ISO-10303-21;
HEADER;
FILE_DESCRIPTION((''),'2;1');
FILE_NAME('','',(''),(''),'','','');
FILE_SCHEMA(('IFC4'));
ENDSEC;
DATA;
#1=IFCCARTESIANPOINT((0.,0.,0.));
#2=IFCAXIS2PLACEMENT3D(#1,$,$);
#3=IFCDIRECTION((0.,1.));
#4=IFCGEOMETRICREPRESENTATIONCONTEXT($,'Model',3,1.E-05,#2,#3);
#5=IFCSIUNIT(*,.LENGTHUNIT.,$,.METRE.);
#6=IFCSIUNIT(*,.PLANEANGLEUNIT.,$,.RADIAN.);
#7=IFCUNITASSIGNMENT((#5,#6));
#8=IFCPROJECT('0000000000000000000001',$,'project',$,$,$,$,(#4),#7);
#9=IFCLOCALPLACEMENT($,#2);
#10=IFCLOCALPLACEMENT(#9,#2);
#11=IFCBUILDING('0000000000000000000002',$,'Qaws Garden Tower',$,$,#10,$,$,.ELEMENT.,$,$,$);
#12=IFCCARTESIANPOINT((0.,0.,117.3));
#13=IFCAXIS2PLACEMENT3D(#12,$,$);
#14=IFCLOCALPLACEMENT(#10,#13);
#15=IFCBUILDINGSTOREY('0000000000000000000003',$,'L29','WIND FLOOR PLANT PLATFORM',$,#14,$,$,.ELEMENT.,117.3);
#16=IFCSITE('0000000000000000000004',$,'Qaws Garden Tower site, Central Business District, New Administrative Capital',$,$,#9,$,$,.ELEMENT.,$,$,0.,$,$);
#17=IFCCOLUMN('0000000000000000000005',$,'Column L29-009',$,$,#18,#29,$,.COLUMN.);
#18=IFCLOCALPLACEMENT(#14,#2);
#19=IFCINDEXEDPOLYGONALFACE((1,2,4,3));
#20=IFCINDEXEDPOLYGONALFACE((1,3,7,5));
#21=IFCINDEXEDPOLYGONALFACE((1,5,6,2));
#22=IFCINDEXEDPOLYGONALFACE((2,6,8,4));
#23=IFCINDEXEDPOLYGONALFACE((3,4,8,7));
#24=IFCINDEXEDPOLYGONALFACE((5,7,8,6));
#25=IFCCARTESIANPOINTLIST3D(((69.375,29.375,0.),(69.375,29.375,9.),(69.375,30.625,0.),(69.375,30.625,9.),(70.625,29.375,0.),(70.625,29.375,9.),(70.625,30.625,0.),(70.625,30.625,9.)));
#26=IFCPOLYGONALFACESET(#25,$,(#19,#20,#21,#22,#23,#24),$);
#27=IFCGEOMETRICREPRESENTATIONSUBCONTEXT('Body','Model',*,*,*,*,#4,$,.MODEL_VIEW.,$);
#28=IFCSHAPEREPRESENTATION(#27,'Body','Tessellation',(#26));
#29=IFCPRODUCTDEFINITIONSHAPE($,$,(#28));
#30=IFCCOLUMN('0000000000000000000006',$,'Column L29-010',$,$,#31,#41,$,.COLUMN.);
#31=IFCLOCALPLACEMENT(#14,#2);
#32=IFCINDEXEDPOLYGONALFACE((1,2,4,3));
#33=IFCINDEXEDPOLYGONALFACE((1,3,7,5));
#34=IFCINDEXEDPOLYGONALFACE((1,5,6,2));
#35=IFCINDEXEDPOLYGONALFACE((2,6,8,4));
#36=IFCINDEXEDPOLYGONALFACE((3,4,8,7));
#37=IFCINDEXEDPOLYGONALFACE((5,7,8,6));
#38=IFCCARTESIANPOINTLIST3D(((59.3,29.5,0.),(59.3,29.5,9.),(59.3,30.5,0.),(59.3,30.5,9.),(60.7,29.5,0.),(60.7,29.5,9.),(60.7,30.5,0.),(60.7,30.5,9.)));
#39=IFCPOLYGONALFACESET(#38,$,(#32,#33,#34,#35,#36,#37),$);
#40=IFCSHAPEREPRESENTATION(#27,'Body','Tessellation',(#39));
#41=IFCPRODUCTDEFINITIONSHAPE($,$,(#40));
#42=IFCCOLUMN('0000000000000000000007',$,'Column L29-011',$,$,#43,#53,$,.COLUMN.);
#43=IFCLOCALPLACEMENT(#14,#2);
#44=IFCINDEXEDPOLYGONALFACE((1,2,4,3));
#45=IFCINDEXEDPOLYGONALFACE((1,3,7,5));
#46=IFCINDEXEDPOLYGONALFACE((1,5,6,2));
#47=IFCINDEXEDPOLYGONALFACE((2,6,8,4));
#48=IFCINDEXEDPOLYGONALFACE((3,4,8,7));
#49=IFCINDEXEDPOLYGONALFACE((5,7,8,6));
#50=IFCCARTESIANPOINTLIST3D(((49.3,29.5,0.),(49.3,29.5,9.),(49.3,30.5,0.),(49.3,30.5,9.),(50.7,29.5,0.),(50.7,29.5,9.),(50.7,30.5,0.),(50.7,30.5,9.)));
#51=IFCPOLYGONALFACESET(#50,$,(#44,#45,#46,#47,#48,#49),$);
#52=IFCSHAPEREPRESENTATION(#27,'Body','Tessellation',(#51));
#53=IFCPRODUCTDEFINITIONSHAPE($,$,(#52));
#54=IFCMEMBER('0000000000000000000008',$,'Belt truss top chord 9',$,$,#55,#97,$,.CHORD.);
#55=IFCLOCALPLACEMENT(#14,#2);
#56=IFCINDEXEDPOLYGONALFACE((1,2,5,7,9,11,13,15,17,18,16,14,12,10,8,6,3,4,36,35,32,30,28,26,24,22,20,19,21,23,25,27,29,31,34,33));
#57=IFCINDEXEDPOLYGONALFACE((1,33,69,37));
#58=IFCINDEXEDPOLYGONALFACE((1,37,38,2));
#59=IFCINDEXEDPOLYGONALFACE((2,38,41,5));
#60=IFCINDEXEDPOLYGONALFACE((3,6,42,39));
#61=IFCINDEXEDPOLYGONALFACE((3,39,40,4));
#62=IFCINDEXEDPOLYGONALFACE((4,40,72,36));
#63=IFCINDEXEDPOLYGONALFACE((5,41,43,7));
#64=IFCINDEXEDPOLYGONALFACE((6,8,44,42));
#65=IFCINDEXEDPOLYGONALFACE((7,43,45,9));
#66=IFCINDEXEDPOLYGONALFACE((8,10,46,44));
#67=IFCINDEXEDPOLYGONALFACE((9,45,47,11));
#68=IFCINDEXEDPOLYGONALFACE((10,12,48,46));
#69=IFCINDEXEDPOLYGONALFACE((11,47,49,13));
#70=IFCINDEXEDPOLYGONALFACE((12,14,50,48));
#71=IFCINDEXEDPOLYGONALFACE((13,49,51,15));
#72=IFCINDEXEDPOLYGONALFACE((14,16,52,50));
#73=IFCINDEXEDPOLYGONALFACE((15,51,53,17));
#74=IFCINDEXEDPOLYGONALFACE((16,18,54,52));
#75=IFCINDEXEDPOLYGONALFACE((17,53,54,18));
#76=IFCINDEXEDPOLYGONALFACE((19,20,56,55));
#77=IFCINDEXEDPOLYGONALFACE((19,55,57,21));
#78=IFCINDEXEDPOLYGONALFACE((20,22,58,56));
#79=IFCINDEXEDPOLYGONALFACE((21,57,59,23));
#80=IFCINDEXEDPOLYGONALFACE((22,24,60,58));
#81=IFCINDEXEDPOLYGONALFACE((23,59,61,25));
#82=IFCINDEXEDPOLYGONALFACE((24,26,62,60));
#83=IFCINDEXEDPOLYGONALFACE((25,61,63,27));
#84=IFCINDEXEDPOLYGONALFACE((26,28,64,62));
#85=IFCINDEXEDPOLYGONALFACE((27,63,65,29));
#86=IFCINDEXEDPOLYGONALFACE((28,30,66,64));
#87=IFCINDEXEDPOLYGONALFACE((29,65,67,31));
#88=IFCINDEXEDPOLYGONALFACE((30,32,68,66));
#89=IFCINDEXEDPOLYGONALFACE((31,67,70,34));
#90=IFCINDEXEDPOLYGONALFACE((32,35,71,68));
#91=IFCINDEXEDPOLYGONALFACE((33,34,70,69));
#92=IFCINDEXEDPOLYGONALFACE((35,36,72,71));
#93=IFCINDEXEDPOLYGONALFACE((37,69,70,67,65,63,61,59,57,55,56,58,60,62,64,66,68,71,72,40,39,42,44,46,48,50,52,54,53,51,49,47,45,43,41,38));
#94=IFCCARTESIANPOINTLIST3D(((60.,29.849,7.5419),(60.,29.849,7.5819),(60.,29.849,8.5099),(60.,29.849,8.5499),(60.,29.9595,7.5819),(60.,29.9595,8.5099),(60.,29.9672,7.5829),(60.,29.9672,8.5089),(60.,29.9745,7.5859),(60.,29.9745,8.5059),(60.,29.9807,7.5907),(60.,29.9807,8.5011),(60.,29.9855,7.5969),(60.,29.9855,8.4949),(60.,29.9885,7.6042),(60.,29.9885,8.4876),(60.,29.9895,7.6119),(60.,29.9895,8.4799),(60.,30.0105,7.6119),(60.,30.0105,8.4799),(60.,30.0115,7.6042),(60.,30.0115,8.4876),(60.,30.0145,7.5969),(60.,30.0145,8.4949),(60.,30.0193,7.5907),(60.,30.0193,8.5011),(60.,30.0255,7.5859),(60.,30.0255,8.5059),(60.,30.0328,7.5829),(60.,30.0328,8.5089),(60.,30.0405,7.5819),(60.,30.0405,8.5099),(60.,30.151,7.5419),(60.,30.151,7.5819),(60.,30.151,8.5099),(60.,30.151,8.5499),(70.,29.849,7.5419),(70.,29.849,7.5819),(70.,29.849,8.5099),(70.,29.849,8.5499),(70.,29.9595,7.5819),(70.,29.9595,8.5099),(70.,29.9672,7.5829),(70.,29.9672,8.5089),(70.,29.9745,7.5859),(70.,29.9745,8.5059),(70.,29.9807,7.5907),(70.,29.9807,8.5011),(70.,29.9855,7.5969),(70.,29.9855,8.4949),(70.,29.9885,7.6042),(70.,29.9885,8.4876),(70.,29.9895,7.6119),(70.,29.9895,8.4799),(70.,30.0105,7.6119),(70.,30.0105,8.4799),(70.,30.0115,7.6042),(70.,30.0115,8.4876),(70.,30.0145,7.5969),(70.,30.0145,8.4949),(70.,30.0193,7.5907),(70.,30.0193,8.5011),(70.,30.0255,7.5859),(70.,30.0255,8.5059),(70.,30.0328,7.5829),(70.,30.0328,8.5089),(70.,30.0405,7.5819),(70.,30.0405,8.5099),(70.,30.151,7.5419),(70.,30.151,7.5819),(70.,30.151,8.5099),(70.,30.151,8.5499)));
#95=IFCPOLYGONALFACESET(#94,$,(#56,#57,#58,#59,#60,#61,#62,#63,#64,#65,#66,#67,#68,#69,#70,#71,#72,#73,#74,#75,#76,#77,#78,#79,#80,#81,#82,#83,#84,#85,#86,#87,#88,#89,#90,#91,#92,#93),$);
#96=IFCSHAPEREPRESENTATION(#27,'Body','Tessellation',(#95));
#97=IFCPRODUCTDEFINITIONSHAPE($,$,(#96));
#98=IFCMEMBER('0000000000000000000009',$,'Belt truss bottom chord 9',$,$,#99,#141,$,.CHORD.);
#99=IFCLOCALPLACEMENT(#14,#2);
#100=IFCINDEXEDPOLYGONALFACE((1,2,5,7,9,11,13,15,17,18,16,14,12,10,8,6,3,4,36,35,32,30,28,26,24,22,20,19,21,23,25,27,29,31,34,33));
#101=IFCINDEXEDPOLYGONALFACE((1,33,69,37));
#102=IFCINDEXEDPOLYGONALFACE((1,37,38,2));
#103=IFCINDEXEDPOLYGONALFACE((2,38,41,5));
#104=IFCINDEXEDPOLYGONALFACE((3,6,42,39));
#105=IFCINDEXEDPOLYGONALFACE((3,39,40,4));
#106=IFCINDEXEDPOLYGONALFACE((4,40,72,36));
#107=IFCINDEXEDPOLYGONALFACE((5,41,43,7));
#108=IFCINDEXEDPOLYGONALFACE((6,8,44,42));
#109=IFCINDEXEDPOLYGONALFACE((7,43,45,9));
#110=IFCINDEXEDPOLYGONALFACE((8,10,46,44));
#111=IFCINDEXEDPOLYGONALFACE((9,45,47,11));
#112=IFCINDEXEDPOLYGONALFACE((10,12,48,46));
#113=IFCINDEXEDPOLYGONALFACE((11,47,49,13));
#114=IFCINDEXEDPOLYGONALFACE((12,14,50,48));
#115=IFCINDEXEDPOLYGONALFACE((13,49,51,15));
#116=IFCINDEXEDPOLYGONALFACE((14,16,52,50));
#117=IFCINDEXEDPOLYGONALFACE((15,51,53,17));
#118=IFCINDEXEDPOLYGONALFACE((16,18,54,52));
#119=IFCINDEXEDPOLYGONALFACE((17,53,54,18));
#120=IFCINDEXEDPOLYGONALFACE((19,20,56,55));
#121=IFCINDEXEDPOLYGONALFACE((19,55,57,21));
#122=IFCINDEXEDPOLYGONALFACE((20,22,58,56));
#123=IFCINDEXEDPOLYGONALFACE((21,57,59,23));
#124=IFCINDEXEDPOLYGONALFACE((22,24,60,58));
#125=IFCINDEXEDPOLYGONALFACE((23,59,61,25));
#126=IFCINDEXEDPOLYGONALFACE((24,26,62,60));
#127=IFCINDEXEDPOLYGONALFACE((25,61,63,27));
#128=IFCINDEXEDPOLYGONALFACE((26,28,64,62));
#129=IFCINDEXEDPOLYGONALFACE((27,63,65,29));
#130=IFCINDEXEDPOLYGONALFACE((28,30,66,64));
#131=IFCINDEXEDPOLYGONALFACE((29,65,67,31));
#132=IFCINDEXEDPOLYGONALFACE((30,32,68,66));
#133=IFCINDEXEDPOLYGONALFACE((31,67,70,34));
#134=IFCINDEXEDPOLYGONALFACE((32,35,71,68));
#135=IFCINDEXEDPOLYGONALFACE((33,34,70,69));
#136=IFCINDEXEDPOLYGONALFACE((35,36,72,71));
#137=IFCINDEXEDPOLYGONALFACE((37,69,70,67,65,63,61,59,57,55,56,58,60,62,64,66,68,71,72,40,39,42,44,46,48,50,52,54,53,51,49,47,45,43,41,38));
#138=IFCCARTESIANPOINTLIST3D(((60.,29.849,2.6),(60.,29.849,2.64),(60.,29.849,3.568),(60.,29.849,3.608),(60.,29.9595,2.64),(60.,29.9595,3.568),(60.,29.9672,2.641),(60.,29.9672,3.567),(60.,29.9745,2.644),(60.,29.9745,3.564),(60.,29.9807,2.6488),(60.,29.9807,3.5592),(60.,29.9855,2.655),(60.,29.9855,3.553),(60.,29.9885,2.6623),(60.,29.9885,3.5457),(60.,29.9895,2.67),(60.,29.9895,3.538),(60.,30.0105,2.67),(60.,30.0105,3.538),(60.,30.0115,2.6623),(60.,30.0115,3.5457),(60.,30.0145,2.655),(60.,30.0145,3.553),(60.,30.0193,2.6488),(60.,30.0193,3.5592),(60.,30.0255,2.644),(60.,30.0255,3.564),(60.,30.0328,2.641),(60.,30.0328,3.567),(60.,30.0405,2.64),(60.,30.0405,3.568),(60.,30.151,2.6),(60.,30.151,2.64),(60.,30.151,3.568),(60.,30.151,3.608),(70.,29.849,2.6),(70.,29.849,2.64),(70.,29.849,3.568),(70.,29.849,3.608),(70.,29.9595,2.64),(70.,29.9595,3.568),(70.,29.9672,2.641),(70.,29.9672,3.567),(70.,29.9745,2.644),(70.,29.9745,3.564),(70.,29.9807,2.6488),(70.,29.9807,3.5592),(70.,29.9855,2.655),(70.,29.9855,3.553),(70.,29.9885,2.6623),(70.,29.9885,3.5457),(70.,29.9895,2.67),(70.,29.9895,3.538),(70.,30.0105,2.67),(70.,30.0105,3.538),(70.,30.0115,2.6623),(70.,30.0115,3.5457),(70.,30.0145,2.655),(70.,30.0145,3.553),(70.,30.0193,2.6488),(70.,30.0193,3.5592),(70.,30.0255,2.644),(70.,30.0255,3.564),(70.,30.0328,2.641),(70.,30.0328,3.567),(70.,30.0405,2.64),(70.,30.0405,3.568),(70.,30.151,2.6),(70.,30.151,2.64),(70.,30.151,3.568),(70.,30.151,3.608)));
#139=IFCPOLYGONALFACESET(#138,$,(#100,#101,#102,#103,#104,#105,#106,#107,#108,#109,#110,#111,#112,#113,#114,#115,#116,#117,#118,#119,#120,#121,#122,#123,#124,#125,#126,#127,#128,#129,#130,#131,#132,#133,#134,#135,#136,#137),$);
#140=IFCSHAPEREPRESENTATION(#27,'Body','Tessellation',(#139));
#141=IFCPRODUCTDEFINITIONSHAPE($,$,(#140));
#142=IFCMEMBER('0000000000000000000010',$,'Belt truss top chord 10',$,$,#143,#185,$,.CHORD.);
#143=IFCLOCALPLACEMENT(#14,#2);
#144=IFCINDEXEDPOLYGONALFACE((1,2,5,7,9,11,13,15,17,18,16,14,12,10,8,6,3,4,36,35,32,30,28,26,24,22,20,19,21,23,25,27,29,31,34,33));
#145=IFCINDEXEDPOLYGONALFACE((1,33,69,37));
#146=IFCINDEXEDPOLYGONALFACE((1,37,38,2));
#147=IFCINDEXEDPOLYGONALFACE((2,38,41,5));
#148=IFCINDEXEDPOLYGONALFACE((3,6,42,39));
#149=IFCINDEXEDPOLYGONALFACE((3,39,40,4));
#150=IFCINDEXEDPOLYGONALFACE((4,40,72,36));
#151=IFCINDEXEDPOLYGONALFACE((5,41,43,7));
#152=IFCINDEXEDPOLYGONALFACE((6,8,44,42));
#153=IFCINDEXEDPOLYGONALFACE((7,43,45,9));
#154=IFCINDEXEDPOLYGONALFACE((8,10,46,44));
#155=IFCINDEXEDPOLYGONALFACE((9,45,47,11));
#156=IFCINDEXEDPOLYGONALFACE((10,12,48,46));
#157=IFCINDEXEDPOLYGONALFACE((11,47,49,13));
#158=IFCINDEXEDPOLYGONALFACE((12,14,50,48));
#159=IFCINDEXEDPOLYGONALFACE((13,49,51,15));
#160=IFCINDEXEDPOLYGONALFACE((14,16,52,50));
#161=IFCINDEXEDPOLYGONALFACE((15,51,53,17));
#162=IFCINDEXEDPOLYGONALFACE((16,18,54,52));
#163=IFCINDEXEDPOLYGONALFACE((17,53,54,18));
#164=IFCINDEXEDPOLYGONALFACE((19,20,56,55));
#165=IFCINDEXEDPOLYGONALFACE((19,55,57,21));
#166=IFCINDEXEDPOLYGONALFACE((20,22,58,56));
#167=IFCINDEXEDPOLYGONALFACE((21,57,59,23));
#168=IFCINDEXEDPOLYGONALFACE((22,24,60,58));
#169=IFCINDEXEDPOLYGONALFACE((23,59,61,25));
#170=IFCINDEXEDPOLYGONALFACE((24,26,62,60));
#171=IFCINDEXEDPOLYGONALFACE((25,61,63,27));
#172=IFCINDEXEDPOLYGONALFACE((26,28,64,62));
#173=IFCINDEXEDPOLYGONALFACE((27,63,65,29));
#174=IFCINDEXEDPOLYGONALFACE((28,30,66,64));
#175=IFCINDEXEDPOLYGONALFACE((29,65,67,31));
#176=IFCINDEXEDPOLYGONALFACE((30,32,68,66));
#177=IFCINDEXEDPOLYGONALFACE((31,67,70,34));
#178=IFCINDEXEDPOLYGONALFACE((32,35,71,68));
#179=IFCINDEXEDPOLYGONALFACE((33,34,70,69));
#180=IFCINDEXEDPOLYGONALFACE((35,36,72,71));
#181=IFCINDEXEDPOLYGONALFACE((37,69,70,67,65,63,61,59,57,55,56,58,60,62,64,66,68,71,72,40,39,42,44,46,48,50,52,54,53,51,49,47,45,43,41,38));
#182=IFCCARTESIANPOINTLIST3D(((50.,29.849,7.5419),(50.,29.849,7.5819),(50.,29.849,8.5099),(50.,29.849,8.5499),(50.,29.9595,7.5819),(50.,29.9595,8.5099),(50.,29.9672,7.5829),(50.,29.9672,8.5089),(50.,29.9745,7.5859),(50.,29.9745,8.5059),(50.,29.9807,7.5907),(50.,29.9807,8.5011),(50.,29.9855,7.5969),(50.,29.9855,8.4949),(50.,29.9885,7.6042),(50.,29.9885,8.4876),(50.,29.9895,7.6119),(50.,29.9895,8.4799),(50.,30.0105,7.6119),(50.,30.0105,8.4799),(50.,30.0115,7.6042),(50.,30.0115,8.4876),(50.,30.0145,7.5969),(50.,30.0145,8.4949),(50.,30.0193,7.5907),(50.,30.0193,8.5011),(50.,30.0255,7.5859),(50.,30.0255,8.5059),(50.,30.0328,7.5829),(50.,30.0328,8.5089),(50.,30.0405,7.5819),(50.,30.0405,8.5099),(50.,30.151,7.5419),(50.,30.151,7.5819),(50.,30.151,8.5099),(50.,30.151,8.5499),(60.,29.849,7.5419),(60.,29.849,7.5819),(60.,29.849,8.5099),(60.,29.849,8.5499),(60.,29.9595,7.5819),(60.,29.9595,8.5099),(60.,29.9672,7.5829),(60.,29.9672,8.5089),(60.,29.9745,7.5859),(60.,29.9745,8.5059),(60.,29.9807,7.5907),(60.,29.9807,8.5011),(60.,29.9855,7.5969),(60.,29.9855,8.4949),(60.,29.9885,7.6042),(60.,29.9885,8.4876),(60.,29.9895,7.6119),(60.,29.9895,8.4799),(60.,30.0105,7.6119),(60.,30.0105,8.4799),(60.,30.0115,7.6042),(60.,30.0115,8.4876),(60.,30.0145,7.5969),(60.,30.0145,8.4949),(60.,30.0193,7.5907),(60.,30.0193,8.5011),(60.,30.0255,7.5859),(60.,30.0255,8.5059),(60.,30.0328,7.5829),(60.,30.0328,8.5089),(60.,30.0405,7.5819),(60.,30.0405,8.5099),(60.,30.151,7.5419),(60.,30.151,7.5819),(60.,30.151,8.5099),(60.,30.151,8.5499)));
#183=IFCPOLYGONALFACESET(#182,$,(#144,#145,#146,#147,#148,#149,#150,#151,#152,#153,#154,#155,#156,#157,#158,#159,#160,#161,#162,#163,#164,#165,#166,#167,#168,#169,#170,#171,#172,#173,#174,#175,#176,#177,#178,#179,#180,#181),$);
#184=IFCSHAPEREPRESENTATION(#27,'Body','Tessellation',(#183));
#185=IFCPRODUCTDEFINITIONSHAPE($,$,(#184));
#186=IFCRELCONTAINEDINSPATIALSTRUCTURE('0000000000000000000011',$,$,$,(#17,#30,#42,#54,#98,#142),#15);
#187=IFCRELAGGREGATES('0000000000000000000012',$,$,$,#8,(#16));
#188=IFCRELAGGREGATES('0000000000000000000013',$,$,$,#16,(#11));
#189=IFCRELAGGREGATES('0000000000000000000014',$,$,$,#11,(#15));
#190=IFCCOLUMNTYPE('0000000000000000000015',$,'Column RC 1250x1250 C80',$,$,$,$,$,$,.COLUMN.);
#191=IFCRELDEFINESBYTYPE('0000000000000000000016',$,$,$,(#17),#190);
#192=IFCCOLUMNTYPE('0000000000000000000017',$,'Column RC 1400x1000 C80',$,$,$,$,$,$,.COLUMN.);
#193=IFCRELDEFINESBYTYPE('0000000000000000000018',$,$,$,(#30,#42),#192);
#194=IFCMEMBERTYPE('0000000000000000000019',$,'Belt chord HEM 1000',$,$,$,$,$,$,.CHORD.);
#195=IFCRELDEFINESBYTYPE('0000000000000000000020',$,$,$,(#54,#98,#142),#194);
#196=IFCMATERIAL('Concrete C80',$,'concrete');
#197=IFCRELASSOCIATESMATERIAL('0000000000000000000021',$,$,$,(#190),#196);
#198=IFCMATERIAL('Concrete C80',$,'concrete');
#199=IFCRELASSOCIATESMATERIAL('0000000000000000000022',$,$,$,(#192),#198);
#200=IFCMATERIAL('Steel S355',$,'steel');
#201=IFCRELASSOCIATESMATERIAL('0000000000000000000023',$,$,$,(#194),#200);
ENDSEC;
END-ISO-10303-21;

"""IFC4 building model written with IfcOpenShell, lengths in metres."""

from ifc_helpers import new_model, si_unit, direction, frame, origin, origin_2d, place, context, subcontext, project, spatial, rectangle, i_section, extrude, material, material_profile, profile_set, type_object, element, save


model = new_model("IFC4")

# Units and contexts
model_context = context("Model", 3, precision=1e-05, world=origin(), true_north=direction((0.0, 1.0)))
body_context = subcontext(model_context, "Body", "Model", "MODEL_VIEW")
ifc_project = project(units=[si_unit("LENGTHUNIT", "METRE"), si_unit("PLANEANGLEUNIT", "RADIAN")], contexts=[model_context])

# Site, building, storey
site_placement = place(None, origin())
site = spatial("IfcSite", under=ifc_project, at=site_placement, Name="Qaws Garden Tower site, Central Business District, New Administrative Capital", CompositionType="ELEMENT", RefElevation=0.0)
building_placement = place(site_placement, origin())
building = spatial("IfcBuilding", under=site, at=building_placement, Name="Qaws Garden Tower", CompositionType="ELEMENT")
storey_placement = place(building_placement, frame((0.0, 0.0, 117.3)))
storey = spatial("IfcBuildingStorey", under=building, at=storey_placement, Name="L29", Description="WIND FLOOR PLANT PLATFORM", CompositionType="ELEMENT", Elevation=117.3)

# Columns
ifc_material_1 = material(Name="Concrete C80", Category="concrete")
ifc_material_profile_1 = material_profile(ifc_material_1, rectangle(XDim=1.25, YDim=1.25, at=origin_2d()), Name="RC 1250x1250")
ifc_profile_set_1 = profile_set([ifc_material_profile_1], Name="Concrete C80")
column_type_1 = type_object("IfcColumnType", Name="Column RC 1250x1250 C80", PredefinedType="COLUMN", material=ifc_profile_set_1)
column_placement = place(storey_placement, frame((70.0, 30.0, 0.0), z_axis=(0.0, 0.0, 1.0), x_axis=(1.0, 0.0, 0.0)))
element("IfcColumn", 1, at=column_placement, inside=storey, type_object=column_type_1, Name="Column L29-009", PredefinedType="COLUMN", context=body_context, shape_type="SweptSolid", body=[
    extrude(rectangle(XDim=1.25, YDim=1.25, at=origin_2d()), origin(), (0.0, 0.0, 1.0), 9.0),
])
ifc_material_2 = material(Name="Concrete C80", Category="concrete")
ifc_material_profile_2 = material_profile(ifc_material_2, rectangle(XDim=1.3999, YDim=1.0, at=origin_2d()), Name="RC 1400x1000")
ifc_profile_set_2 = profile_set([ifc_material_profile_2], Name="Concrete C80")
column_type_2 = type_object("IfcColumnType", Name="Column RC 1400x1000 C80", PredefinedType="COLUMN", material=ifc_profile_set_2)
for number, where, z_axis, x_axis, name in (
    (2, (60.0, 30.0, 0.0), (0.0, 0.0, 1.0), (1.0, 0.0, 0.0), "Column L29-010"),
    (3, (50.0, 30.0, 0.0), (0.0, 0.0, 1.0), (1.0, 0.0, 0.0), "Column L29-011"),
):
    element("IfcColumn", number, at=place(storey_placement, frame(where, z_axis=z_axis, x_axis=x_axis)), inside=storey, type_object=column_type_2, Name=name, PredefinedType="COLUMN", context=body_context, shape_type="SweptSolid", body=[
        extrude(rectangle(XDim=1.3999, YDim=1.0, at=origin_2d()), origin(), (0.0, 0.0, 1.0), 9.0),
    ])

# Members
ifc_material_3 = material(Name="Steel S355", Category="steel")
ifc_material_profile_3 = material_profile(ifc_material_3, i_section(OverallWidth=0.302, OverallDepth=1.0081, WebThickness=0.021, FlangeThickness=0.04, FilletRadius=0.03, at=origin_2d()), Name="HEM 1000")
ifc_profile_set_3 = profile_set([ifc_material_profile_3], Name="Steel S355")
member_type_1 = type_object("IfcMemberType", Name="Belt chord HEM 1000", PredefinedType="CHORD", material=ifc_profile_set_3)
for number, where, z_axis, x_axis, name in (
    (4, (70.0, 30.0, 8.0459), (-1.0, 0.0, 0.0), (0.0, -1.0, 0.0), "Belt truss top chord 9"),
    (5, (70.0, 30.0, 3.104), (-1.0, 0.0, 0.0), (0.0, -1.0, 0.0), "Belt truss bottom chord 9"),
    (6, (60.0, 30.0, 8.0459), (-1.0, 0.0, 0.0), (0.0, -1.0, 0.0), "Belt truss top chord 10"),
):
    element("IfcMember", number, at=place(storey_placement, frame(where, z_axis=z_axis, x_axis=x_axis)), inside=storey, type_object=member_type_1, Name=name, PredefinedType="CHORD", context=body_context, shape_type="SweptSolid", body=[
        extrude(i_section(OverallWidth=0.302, OverallDepth=1.0081, WebThickness=0.021, FlangeThickness=0.04, FilletRadius=0.03, at=origin_2d()), origin(), (0.0, 0.0, 1.0), 10.0),
    ])

save(model, "model.ifc")
